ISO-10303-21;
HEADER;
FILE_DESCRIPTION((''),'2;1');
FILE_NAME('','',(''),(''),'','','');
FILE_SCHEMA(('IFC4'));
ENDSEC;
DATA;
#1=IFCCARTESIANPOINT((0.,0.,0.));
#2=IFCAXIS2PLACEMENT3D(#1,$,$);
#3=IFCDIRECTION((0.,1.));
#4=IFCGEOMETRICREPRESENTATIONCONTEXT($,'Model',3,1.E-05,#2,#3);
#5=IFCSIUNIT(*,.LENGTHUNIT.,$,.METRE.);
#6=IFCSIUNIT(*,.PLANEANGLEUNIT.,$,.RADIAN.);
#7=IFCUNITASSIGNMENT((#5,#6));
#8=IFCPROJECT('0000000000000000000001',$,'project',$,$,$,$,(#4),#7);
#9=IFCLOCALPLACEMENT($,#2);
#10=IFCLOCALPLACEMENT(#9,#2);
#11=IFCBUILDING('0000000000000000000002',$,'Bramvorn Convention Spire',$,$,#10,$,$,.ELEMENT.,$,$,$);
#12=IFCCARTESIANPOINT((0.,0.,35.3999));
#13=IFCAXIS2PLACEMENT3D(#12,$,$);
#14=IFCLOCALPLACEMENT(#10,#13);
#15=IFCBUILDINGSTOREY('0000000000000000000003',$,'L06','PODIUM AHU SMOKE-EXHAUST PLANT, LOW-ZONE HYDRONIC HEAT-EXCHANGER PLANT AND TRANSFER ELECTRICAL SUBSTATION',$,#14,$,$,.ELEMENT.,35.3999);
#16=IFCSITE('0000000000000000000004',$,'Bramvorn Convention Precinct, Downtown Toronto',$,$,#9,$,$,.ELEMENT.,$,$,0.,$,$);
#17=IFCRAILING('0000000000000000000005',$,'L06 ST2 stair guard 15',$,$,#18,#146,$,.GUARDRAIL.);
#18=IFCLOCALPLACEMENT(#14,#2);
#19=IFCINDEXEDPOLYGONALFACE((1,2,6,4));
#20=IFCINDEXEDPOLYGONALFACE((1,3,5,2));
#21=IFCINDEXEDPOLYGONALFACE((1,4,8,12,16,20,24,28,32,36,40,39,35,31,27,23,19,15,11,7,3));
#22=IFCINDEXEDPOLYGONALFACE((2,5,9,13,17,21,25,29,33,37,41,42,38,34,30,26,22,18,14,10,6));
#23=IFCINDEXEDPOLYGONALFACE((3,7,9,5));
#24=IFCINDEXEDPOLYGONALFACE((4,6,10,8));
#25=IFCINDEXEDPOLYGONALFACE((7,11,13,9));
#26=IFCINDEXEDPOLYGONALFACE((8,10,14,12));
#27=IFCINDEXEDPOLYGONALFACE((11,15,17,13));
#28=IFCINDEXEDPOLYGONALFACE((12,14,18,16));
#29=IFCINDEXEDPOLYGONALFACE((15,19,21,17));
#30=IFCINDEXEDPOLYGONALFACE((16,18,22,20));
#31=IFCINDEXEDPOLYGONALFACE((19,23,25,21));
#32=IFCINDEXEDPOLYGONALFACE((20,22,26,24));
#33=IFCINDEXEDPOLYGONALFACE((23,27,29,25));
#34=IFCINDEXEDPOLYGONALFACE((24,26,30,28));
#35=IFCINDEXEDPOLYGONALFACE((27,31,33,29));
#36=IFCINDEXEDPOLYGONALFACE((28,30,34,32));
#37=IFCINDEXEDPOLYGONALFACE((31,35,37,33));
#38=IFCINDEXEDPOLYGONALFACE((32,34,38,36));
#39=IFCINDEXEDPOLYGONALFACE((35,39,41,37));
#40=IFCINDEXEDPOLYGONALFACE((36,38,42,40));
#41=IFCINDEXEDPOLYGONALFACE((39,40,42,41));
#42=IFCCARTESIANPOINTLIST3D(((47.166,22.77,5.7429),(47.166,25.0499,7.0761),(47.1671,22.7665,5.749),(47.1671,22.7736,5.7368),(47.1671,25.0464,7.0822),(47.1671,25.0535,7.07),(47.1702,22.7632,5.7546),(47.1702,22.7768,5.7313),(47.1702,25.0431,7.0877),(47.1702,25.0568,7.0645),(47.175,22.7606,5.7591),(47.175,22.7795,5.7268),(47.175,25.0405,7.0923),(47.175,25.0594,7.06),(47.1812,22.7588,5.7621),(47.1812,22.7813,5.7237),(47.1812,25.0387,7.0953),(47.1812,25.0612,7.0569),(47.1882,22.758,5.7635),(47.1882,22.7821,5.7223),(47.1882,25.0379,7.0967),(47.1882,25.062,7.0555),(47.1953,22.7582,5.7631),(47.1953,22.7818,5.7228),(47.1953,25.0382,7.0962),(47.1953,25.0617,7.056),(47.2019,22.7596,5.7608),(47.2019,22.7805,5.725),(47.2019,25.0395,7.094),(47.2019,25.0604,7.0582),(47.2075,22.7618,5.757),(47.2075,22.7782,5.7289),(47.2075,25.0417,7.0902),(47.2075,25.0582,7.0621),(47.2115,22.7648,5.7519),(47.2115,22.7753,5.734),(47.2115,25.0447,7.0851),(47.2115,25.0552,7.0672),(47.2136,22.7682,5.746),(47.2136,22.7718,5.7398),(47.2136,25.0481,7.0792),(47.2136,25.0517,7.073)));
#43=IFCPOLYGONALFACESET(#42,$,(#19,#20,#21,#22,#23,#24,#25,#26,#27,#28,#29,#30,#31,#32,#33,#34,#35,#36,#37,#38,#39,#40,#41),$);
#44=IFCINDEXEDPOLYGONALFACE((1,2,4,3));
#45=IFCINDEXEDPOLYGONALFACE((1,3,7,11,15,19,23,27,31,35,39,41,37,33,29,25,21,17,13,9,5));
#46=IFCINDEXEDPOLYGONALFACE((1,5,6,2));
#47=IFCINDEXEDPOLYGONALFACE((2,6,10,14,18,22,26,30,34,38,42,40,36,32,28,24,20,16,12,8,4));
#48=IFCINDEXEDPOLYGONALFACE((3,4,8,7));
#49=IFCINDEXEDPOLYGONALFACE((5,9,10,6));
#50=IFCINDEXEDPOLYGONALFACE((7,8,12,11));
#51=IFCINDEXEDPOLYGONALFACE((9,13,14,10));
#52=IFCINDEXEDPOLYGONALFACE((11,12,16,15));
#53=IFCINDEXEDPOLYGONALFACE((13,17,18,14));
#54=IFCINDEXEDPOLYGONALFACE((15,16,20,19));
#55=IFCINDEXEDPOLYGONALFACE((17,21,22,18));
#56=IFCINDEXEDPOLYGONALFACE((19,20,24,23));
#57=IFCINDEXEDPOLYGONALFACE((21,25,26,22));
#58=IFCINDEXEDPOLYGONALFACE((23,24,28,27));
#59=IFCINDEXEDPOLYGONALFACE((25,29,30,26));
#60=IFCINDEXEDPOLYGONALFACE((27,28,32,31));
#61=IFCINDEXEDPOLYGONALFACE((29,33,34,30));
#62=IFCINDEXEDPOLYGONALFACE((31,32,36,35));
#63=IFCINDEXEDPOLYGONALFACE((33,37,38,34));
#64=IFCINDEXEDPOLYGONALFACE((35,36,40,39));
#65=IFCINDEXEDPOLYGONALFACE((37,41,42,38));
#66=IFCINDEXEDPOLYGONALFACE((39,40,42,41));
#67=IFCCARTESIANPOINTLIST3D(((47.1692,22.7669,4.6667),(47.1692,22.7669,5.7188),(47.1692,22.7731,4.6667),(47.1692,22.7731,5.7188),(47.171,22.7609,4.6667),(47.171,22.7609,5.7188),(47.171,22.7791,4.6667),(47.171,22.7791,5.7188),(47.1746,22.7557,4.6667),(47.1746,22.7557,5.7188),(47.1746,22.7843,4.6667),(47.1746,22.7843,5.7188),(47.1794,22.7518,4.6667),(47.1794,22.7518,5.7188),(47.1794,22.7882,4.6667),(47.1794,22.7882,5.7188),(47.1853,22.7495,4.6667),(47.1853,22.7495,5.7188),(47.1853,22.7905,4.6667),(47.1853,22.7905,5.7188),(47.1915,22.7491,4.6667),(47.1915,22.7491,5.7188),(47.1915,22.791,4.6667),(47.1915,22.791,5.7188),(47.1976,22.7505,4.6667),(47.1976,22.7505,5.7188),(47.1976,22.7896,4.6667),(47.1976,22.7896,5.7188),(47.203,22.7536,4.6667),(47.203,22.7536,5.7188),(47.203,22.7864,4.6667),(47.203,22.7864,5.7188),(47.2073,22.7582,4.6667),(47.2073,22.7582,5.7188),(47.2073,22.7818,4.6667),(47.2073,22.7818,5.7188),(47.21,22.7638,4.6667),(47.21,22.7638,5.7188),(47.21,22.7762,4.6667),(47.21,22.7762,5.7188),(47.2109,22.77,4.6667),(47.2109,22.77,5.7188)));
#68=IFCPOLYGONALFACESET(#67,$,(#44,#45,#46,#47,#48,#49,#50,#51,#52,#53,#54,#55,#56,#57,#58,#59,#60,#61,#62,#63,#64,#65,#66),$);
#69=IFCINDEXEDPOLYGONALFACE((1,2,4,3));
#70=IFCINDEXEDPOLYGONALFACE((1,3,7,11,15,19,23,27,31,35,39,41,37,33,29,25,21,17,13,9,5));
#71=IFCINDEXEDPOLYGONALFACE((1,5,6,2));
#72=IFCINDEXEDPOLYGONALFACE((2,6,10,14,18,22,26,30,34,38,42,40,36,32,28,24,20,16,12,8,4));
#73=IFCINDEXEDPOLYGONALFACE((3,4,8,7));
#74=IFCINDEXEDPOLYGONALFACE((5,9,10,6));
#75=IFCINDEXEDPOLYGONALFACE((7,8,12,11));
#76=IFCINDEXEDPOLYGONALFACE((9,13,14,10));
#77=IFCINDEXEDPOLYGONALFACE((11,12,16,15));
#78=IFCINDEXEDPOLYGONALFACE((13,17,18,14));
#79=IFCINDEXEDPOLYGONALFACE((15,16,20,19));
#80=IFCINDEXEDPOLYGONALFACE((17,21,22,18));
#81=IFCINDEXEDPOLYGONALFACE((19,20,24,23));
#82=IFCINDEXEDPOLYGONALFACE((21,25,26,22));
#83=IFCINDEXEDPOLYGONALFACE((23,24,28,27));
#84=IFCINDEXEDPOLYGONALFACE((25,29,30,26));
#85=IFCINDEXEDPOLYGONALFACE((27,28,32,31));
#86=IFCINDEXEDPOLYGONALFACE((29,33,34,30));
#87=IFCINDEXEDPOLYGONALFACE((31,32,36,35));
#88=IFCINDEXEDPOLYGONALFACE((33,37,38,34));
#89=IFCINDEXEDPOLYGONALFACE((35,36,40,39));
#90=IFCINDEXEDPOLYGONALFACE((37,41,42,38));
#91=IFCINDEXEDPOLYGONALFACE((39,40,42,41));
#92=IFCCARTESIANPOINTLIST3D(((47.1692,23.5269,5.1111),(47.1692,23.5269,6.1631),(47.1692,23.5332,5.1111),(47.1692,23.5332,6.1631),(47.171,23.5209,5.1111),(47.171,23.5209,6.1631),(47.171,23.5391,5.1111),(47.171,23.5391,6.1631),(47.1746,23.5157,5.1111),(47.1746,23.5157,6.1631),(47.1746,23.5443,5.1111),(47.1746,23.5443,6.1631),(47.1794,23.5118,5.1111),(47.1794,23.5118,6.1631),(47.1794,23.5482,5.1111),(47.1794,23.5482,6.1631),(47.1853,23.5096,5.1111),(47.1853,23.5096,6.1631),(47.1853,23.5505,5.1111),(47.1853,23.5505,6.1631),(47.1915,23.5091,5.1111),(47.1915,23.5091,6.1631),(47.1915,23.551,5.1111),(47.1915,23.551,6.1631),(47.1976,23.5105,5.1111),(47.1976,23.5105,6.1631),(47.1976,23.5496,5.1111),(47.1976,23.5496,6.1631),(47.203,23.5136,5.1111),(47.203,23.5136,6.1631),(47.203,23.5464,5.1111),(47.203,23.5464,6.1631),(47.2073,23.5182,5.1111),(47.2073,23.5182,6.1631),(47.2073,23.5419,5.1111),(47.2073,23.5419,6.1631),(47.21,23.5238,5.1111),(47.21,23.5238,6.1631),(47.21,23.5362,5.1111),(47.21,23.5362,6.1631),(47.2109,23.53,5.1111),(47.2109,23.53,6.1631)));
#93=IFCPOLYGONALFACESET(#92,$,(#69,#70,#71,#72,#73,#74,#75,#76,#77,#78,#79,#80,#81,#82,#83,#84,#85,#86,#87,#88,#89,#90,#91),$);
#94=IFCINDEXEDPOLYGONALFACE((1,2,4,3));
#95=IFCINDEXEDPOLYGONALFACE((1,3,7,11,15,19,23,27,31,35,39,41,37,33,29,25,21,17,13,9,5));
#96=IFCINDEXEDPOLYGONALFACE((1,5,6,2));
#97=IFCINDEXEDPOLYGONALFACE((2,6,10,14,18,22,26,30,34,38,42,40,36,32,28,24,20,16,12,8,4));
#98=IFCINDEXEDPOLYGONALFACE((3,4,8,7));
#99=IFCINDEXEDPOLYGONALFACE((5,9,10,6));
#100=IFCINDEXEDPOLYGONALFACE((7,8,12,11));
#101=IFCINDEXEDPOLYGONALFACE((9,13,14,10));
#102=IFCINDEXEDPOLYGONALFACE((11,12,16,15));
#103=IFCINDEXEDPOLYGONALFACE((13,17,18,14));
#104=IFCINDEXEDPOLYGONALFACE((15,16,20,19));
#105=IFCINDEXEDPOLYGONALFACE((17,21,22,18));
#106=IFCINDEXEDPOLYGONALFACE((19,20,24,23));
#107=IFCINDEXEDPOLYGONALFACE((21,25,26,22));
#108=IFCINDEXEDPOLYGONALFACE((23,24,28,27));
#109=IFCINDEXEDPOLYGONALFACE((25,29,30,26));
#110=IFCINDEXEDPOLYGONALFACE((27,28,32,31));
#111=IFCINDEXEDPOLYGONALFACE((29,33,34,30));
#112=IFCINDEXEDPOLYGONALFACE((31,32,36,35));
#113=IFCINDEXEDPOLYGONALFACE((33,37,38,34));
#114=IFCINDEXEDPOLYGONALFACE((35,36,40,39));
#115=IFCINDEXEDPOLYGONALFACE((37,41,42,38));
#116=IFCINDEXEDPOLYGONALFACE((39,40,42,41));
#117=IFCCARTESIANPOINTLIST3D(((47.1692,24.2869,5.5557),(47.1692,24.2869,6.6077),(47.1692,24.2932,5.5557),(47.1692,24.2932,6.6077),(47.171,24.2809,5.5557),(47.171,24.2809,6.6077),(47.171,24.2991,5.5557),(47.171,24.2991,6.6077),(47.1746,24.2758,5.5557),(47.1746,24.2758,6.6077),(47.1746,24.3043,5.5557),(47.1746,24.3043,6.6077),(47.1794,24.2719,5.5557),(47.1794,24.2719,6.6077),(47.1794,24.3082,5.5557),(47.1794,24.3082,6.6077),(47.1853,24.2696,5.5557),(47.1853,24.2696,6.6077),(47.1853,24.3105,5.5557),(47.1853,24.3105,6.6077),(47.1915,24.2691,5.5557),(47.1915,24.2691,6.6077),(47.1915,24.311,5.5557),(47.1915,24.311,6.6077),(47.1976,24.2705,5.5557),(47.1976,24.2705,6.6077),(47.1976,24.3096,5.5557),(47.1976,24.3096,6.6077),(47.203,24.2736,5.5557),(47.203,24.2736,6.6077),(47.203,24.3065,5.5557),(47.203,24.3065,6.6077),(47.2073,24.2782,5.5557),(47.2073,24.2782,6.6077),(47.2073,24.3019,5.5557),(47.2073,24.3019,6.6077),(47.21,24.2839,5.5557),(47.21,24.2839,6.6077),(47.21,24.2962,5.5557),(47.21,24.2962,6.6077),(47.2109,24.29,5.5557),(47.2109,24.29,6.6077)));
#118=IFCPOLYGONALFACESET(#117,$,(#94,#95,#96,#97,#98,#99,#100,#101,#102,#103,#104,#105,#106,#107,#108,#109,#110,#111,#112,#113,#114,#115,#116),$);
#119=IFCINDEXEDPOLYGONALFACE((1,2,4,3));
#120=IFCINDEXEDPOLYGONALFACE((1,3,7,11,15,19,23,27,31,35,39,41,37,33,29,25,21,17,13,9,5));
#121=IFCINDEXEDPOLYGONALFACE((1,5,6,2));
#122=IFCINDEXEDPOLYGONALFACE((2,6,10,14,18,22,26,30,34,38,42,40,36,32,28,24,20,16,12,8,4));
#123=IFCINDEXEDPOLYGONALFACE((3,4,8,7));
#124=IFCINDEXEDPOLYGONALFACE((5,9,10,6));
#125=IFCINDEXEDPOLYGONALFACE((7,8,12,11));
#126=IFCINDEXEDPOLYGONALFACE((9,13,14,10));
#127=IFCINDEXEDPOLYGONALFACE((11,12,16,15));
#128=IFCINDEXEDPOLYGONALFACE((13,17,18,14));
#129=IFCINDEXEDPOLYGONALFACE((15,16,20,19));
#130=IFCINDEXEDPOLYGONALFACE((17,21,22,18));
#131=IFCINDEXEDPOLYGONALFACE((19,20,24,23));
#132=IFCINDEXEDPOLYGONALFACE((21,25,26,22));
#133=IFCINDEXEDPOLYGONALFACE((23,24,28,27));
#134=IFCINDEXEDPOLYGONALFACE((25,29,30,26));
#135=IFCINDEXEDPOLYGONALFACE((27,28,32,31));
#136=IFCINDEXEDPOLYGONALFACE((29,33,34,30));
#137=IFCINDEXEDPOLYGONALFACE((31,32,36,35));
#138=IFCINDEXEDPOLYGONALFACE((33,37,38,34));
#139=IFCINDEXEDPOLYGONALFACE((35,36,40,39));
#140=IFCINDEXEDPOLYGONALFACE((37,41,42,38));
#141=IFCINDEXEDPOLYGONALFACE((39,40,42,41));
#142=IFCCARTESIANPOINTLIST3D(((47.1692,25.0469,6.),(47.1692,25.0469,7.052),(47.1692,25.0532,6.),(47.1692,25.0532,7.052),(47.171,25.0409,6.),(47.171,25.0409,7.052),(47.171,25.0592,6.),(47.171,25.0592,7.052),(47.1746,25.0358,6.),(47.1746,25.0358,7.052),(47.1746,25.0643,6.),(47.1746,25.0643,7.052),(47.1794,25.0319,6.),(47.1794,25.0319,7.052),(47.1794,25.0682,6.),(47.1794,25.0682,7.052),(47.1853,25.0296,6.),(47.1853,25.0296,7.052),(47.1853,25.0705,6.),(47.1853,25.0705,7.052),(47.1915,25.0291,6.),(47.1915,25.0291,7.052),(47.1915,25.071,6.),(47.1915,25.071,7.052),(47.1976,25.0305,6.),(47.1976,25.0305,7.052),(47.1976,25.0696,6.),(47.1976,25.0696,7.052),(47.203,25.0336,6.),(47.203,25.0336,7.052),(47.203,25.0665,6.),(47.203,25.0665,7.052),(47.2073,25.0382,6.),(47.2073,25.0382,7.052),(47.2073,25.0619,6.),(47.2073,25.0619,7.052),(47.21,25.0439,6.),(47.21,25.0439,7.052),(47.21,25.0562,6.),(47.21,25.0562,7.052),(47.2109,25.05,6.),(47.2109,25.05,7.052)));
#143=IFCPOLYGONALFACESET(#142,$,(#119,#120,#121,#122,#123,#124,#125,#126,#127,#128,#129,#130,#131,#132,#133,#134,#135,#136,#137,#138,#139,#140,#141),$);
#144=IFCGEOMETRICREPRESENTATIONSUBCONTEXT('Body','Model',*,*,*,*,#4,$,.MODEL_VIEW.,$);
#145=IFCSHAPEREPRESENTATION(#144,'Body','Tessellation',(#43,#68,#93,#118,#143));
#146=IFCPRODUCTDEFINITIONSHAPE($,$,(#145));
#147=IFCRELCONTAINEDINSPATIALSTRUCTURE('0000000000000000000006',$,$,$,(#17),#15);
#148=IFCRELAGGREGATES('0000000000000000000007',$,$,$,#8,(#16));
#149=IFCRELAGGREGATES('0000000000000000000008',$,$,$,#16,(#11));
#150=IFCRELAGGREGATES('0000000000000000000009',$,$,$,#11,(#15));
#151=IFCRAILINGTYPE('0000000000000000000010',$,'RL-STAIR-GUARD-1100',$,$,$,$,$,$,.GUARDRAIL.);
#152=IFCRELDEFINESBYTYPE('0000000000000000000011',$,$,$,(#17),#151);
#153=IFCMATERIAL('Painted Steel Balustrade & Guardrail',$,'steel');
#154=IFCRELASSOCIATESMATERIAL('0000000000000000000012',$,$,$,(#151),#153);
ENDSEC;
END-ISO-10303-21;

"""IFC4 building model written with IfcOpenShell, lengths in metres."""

from ifc_helpers import new_model, si_unit, direction, frame, origin, origin_2d, place, context, subcontext, project, spatial, circle, extrude, material, type_object, element, save


model = new_model("IFC4")

# Units and contexts
model_context = context("Model", 3, precision=1e-05, world=origin(), true_north=direction((0.0, 1.0)))
body_context = subcontext(model_context, "Body", "Model", "MODEL_VIEW")
ifc_project = project(units=[si_unit("LENGTHUNIT", "METRE"), si_unit("PLANEANGLEUNIT", "RADIAN")], contexts=[model_context])

# Site, building, storey
site_placement = place(None, origin())
site = spatial("IfcSite", under=ifc_project, at=site_placement, Name="Bramvorn Convention Precinct, Downtown Toronto", CompositionType="ELEMENT", RefElevation=0.0)
building_placement = place(site_placement, origin())
building = spatial("IfcBuilding", under=site, at=building_placement, Name="Bramvorn Convention Spire", CompositionType="ELEMENT")
storey_placement = place(building_placement, frame((0.0, 0.0, 35.3999)))
storey = spatial("IfcBuildingStorey", under=building, at=storey_placement, Name="L06", Description="PODIUM AHU SMOKE-EXHAUST PLANT, LOW-ZONE HYDRONIC HEAT-EXCHANGER PLANT AND TRANSFER ELECTRICAL SUBSTATION", CompositionType="ELEMENT", Elevation=35.3999)

# Railing
ifc_material_1 = material(Name="Painted Steel Balustrade & Guardrail", Category="steel")
railing_type_1 = type_object("IfcRailingType", Name="RL-STAIR-GUARD-1100", PredefinedType="GUARDRAIL", material=ifc_material_1)
railing_1_placement = place(storey_placement, frame((47.1899, 22.77, 4.6667)))
element("IfcRailing", 1, at=railing_1_placement, inside=storey, type_object=railing_type_1, Name="L06 ST2 stair guard 15", PredefinedType="GUARDRAIL", context=body_context, shape_type="SweptSolid", body=[
    extrude(circle(Radius=0.0239, at=origin_2d()), frame((0.0, 0.0, 1.0762), z_axis=(0.0, 0.863245, 0.504785), x_axis=(-1.0, 0.0, 0.0)), (0.0, 0.0, 1.0), 2.6411),
    extrude(circle(Radius=0.021, at=origin_2d()), origin(), (0.0, 0.0, 1.0), 1.052),
    extrude(circle(Radius=0.021, at=origin_2d()), frame((0.0, 0.76, 0.4443)), (0.0, 0.0, 1.0), 1.052),
    extrude(circle(Radius=0.021, at=origin_2d()), frame((0.0, 1.52, 0.8889)), (0.0, 0.0, 1.0), 1.052),
    extrude(circle(Radius=0.021, at=origin_2d()), frame((0.0, 2.28, 1.3333)), (0.0, 0.0, 1.0), 1.052),
])

save(model, "model.ifc")
